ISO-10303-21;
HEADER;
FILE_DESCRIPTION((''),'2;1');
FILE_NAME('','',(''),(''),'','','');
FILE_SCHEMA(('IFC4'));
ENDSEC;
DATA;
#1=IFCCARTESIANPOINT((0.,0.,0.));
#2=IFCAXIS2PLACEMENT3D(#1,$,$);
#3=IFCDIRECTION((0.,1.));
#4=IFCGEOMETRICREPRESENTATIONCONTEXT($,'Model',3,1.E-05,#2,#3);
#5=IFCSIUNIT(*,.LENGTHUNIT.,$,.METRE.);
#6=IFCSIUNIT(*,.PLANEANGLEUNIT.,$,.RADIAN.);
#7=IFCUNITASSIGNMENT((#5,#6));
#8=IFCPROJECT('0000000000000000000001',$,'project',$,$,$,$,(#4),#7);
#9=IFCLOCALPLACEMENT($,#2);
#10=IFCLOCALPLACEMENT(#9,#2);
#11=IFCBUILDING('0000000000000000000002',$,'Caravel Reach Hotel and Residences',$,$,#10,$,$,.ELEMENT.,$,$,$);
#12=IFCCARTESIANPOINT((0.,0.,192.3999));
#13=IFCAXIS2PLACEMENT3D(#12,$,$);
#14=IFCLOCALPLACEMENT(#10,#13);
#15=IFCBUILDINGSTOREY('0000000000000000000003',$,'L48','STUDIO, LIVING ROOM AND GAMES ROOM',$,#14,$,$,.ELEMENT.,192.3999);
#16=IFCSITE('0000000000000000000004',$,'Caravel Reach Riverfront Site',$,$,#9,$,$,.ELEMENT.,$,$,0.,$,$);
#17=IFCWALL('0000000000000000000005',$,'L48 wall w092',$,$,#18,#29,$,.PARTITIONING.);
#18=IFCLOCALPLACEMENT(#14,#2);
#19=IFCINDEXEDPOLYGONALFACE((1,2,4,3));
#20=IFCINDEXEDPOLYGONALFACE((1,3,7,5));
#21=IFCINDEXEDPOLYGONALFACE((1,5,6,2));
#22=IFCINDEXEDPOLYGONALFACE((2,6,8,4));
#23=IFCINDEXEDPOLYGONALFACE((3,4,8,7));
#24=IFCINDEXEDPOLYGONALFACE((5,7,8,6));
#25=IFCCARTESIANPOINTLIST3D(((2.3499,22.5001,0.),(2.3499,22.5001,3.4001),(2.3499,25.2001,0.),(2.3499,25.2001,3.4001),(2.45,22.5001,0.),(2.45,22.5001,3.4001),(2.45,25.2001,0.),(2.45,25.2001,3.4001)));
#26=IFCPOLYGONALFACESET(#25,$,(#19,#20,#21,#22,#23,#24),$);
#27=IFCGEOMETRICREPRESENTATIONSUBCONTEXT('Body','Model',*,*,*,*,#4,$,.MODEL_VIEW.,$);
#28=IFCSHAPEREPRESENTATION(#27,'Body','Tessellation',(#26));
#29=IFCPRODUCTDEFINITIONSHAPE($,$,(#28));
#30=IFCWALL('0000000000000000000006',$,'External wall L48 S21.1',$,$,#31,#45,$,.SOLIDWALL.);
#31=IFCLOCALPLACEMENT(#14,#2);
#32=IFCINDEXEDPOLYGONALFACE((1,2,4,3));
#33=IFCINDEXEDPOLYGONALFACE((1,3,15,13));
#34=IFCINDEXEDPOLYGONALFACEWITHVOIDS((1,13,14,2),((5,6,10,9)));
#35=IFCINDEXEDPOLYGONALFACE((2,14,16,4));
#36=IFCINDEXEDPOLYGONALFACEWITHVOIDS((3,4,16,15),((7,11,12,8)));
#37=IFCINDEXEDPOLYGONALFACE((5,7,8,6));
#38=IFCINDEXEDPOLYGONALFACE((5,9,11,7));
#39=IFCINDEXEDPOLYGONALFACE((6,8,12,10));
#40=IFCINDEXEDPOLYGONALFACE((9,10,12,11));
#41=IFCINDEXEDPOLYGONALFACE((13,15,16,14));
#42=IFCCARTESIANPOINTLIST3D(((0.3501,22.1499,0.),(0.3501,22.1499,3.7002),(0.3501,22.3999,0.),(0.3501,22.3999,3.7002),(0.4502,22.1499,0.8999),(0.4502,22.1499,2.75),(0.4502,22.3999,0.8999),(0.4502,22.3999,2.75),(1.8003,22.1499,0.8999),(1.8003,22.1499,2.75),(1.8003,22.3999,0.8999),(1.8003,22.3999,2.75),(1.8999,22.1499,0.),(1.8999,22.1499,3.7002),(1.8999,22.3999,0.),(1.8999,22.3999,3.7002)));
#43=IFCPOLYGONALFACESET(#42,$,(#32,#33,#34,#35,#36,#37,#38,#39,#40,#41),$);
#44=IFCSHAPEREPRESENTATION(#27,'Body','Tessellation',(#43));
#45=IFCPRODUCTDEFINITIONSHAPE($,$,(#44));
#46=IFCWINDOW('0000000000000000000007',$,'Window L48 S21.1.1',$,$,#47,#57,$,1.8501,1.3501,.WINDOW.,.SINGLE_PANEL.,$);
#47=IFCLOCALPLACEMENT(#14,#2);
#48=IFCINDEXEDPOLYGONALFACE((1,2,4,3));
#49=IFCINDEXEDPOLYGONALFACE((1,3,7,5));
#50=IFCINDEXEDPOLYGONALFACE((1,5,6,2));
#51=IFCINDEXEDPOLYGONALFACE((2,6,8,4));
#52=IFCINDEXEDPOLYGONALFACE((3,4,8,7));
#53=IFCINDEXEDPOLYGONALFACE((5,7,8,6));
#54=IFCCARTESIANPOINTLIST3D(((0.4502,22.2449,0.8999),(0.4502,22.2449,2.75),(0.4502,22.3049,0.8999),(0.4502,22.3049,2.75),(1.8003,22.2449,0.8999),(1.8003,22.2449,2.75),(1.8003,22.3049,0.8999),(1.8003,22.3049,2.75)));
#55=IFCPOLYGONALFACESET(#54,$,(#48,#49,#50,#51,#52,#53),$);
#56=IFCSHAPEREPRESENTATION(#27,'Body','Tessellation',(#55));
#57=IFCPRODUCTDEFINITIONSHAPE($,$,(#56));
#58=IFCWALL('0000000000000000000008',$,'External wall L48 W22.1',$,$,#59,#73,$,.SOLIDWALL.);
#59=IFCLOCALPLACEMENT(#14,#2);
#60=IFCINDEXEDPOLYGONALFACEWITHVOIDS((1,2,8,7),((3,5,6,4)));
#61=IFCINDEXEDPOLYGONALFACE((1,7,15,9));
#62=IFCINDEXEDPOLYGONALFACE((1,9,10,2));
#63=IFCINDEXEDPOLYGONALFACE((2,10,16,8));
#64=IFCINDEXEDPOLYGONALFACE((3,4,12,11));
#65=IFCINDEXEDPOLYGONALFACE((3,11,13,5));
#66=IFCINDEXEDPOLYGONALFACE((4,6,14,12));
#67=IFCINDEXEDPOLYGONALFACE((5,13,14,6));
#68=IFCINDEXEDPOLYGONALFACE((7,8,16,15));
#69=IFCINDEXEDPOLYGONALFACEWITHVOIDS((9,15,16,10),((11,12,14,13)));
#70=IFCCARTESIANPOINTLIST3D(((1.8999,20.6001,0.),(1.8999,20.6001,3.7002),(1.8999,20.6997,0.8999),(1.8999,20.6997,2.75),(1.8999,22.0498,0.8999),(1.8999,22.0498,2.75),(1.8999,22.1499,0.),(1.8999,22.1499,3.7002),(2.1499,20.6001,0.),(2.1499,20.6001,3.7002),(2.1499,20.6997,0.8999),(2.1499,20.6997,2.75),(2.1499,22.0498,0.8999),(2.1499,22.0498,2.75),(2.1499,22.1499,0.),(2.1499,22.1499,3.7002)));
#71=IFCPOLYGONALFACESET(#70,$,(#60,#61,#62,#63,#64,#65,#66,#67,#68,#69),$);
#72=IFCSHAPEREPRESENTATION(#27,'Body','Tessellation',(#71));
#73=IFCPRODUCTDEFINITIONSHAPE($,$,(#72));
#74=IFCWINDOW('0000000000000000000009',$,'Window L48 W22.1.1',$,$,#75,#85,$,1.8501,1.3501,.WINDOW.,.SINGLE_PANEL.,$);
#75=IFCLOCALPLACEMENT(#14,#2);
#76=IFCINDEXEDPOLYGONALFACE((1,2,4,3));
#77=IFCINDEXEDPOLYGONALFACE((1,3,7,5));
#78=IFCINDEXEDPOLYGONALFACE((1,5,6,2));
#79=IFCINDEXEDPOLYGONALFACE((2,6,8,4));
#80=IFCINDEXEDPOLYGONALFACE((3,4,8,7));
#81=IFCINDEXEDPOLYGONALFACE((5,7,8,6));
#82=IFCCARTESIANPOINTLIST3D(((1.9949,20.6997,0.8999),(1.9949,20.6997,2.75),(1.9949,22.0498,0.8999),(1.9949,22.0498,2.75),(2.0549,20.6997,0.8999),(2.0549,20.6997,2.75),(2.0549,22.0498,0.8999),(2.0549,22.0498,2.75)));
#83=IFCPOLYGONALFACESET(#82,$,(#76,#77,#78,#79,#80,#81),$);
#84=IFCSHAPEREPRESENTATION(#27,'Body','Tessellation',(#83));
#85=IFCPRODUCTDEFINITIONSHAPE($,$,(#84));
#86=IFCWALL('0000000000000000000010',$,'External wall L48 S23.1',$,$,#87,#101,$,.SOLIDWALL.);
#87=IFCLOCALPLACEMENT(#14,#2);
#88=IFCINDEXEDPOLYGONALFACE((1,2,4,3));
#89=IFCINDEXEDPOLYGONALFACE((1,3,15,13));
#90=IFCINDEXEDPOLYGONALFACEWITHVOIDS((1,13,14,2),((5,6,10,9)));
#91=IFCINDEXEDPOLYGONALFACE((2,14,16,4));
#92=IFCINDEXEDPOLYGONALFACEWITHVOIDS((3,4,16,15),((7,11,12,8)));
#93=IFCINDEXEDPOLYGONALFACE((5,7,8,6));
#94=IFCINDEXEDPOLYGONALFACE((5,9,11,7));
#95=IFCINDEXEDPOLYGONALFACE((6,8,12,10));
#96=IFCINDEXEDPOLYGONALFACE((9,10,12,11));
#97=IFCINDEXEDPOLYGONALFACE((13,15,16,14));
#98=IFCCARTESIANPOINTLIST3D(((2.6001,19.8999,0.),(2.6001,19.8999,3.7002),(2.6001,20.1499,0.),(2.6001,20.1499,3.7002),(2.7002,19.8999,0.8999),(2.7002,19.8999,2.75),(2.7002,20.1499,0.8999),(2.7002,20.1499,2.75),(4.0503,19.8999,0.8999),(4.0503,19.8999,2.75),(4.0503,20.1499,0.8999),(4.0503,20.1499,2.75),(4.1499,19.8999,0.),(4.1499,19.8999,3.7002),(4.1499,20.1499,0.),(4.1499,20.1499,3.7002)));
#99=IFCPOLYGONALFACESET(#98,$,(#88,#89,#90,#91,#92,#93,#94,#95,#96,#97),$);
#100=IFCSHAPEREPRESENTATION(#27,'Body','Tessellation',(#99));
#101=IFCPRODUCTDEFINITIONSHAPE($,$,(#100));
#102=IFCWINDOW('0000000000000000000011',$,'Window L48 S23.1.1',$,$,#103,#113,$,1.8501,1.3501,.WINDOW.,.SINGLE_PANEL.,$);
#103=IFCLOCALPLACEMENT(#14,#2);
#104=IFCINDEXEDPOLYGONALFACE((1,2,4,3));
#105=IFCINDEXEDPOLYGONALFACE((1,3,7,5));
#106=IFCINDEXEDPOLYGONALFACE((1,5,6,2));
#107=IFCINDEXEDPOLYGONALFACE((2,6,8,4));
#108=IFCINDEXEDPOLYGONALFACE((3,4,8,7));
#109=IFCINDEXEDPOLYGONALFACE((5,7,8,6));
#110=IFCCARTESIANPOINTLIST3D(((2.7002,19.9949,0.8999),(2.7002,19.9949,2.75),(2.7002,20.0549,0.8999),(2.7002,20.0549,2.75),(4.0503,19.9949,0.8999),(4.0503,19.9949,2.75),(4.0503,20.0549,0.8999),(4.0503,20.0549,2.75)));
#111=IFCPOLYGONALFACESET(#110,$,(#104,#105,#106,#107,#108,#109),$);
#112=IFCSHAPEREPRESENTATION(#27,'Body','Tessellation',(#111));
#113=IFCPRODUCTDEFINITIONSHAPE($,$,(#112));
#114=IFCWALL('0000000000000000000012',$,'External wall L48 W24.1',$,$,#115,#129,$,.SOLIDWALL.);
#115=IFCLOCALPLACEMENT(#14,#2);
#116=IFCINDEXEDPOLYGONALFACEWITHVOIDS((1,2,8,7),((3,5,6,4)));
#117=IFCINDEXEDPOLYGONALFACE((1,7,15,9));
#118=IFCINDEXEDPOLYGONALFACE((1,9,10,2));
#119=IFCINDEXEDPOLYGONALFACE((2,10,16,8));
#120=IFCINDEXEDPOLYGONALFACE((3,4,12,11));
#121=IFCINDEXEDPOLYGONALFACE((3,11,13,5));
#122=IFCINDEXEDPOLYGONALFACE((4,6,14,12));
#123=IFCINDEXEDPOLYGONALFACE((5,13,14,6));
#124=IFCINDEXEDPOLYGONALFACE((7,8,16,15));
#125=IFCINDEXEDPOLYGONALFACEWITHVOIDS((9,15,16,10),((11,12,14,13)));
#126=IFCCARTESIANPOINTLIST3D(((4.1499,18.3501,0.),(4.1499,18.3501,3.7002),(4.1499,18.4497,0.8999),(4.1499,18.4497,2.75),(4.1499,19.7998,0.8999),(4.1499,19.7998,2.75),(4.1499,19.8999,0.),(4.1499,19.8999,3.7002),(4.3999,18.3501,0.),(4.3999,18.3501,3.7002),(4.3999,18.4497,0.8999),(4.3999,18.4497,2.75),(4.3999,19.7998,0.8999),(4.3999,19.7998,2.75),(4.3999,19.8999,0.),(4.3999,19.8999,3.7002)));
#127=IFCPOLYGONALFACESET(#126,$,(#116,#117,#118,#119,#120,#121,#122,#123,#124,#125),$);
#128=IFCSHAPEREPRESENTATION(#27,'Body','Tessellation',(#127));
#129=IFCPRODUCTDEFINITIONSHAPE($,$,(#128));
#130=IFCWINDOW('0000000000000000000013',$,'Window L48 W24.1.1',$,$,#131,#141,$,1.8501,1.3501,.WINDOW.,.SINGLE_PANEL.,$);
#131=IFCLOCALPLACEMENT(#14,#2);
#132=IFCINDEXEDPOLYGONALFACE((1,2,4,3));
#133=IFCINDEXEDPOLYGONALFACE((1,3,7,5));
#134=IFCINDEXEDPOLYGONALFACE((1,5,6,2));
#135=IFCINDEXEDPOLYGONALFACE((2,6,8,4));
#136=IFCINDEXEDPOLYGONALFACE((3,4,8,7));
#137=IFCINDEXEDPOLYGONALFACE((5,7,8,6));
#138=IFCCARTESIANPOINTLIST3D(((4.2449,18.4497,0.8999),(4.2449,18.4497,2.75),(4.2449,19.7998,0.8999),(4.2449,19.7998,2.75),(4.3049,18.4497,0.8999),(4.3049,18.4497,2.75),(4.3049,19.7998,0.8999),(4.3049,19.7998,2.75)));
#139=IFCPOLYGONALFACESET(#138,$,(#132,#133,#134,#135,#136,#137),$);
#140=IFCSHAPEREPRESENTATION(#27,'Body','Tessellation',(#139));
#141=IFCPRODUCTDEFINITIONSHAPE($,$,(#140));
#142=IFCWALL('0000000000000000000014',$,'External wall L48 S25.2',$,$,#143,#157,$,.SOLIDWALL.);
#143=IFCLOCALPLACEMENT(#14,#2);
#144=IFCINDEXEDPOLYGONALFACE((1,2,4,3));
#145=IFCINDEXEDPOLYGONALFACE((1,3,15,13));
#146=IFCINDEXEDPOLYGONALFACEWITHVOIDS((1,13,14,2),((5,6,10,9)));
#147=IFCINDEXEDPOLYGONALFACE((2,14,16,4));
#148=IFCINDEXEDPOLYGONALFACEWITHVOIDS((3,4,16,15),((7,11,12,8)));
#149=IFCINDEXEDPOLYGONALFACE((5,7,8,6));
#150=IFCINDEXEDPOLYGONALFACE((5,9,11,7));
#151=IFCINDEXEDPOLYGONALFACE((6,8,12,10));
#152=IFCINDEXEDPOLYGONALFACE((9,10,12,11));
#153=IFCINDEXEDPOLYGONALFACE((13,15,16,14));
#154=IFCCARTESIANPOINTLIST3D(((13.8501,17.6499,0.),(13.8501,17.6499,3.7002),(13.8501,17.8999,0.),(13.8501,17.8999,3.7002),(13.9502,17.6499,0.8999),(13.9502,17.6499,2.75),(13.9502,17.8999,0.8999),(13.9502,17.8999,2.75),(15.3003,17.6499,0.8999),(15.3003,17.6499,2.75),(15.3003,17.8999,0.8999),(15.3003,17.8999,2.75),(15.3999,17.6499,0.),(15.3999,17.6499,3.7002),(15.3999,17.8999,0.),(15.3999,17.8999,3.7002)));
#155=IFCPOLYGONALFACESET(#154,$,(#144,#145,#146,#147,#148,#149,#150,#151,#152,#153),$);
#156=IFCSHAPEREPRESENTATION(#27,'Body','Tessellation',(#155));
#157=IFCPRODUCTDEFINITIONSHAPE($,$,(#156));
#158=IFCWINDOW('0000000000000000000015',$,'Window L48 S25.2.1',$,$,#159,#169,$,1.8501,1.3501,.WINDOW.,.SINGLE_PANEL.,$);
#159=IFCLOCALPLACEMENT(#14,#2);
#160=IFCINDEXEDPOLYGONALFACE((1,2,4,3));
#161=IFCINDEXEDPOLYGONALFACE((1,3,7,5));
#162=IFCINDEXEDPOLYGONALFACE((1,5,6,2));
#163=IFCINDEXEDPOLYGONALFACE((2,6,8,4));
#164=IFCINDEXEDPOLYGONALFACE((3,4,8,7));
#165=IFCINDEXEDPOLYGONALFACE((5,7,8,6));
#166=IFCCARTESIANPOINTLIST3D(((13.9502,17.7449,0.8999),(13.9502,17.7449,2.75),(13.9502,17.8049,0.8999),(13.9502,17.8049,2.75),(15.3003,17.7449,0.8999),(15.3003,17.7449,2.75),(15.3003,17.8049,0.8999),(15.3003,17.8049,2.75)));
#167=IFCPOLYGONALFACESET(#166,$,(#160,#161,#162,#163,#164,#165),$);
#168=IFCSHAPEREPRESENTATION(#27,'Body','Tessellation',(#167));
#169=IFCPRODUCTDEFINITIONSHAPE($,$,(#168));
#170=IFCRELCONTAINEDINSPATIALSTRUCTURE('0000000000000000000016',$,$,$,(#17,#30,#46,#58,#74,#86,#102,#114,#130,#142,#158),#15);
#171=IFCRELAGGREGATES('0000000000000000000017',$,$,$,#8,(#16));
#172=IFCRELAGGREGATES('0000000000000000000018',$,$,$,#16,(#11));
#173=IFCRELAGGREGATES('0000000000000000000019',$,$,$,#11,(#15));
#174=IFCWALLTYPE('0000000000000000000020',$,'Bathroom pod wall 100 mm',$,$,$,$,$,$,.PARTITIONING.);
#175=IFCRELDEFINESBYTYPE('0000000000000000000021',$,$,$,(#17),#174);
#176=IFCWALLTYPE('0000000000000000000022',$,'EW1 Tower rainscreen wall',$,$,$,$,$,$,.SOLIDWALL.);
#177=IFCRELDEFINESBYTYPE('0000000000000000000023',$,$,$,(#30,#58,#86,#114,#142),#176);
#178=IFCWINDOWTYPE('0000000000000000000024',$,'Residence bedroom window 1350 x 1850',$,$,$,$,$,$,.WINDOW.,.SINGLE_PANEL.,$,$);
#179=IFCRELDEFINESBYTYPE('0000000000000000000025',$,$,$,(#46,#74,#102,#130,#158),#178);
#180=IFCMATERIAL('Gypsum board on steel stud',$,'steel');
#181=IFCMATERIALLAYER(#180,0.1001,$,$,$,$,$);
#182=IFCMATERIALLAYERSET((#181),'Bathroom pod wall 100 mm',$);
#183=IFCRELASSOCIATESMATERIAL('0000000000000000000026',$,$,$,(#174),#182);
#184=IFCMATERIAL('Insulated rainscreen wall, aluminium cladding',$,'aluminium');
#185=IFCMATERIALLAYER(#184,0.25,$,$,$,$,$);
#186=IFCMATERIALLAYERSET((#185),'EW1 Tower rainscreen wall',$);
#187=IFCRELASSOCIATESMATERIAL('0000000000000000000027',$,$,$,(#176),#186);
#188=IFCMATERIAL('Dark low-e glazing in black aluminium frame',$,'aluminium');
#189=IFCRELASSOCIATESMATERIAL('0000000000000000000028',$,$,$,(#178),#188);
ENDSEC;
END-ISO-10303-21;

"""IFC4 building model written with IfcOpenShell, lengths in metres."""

from ifc_helpers import new_model, si_unit, direction, frame, frame_2d, origin, place, context, subcontext, project, spatial, rectangle, extrude, material, layer, layer_set, type_object, element, fill, save


model = new_model("IFC4")

# Units and contexts
model_context = context("Model", 3, precision=1e-05, world=origin(), true_north=direction((0.0, 1.0)))
body_context = subcontext(model_context, "Body", "Model", "MODEL_VIEW")
ifc_project = project(units=[si_unit("LENGTHUNIT", "METRE"), si_unit("PLANEANGLEUNIT", "RADIAN")], contexts=[model_context])

# Site, building, storey
site_placement = place(None, origin())
site = spatial("IfcSite", under=ifc_project, at=site_placement, Name="Caravel Reach Riverfront Site", CompositionType="ELEMENT", RefElevation=0.0)
building_placement = place(site_placement, origin())
building = spatial("IfcBuilding", under=site, at=building_placement, Name="Caravel Reach Hotel and Residences", CompositionType="ELEMENT")
storey_placement = place(building_placement, frame((0.0, 0.0, 192.3999)))
storey = spatial("IfcBuildingStorey", under=building, at=storey_placement, Name="L48", Description="STUDIO, LIVING ROOM AND GAMES ROOM", CompositionType="ELEMENT", Elevation=192.3999)

# Wall
ifc_material_1 = material(Name="Gypsum board on steel stud", Category="steel")
ifc_layer_1 = layer(ifc_material_1, 0.1001)
ifc_layer_set_1 = layer_set([ifc_layer_1], Name="Bathroom pod wall 100 mm")
wall_type_1 = type_object("IfcWallType", Name="Bathroom pod wall 100 mm", PredefinedType="PARTITIONING", material=ifc_layer_set_1)
wall_1_placement = place(storey_placement, frame((2.3999, 22.5, 0.0), z_axis=(0.0, 0.0, 1.0), x_axis=(0.0, 1.0, 0.0)))
element("IfcWall", 1, at=wall_1_placement, inside=storey, type_object=wall_type_1, Name="L48 wall w092", PredefinedType="PARTITIONING", context=body_context, shape_type="SweptSolid", body=[
    extrude(rectangle(XDim=2.7, YDim=0.1001, at=frame_2d((1.3501, 0.0))), origin(), (0.0, 0.0, 1.0), 3.4001),
])

# Walls, openings, windows
ifc_material_2 = material(Name="Insulated rainscreen wall, aluminium cladding", Category="aluminium")
ifc_layer_2 = layer(ifc_material_2, 0.25)
ifc_layer_set_2 = layer_set([ifc_layer_2], Name="EW1 Tower rainscreen wall")
wall_type_2 = type_object("IfcWallType", Name="EW1 Tower rainscreen wall", PredefinedType="SOLIDWALL", material=ifc_layer_set_2)
wall_2_placement = place(storey_placement, frame((0.3501, 22.2749, 0.0), z_axis=(0.0, 0.0, 1.0), x_axis=(1.0, 0.0, 0.0)))
wall_2 = element("IfcWall", 2, at=wall_2_placement, inside=storey, type_object=wall_type_2, Name="External wall L48 S21.1", PredefinedType="SOLIDWALL", context=body_context, shape_type="SweptSolid", body=[
    extrude(rectangle(XDim=1.5498, YDim=0.25, at=frame_2d((0.7749, 0.0))), origin(), (0.0, 0.0, 1.0), 3.7002),
])
opening_1_placement = place(wall_2_placement, frame((0.1001, 0.0, 0.8999)))
opening_1 = element("IfcOpeningElement", 3, at=opening_1_placement, cuts=wall_2, PredefinedType="OPENING", context=body_context, shape_type="SweptSolid", body=[
    extrude(rectangle(XDim=1.3501, YDim=1.8501, at=frame_2d((0.675, 0.925))), frame((0.0, 0.135, 0.0), z_axis=(0.0, -1.0, 0.0), x_axis=(1.0, 0.0, 0.0)), (0.0, 0.0, 1.0), 0.27),
])
ifc_material_3 = material(Name="Dark low-e glazing in black aluminium frame", Category="aluminium")
window_type = type_object("IfcWindowType", Name="Residence bedroom window 1350 x 1850", PartitioningType="SINGLE_PANEL", PredefinedType="WINDOW", material=ifc_material_3)
window_1_placement = place(opening_1_placement, origin())
window_1 = element("IfcWindow", 4, at=window_1_placement, inside=storey, type_object=window_type, Name="Window L48 S21.1.1", OverallHeight=1.8501, OverallWidth=1.3501, PartitioningType="SINGLE_PANEL", PredefinedType="WINDOW", context=body_context, shape_type="SweptSolid", body=[
    extrude(rectangle(XDim=1.3501, YDim=1.8501, at=frame_2d((0.675, 0.925))), frame((0.0, 0.03, 0.0), z_axis=(0.0, -1.0, 0.0), x_axis=(1.0, 0.0, 0.0)), (0.0, 0.0, 1.0), 0.0601),
])
fill(opening_1, window_1)
wall_3_placement = place(storey_placement, frame((2.0249, 22.1499, 0.0), z_axis=(0.0, 0.0, 1.0), x_axis=(0.0, -1.0, 0.0)))
wall_3 = element("IfcWall", 5, at=wall_3_placement, inside=storey, type_object=wall_type_2, Name="External wall L48 W22.1", PredefinedType="SOLIDWALL", context=body_context, shape_type="SweptSolid", body=[
    extrude(rectangle(XDim=1.5498, YDim=0.25, at=frame_2d((0.7749, 0.0))), origin(), (0.0, 0.0, 1.0), 3.7002),
])
opening_2_placement = place(wall_3_placement, frame((0.1001, 0.0, 0.8999)))
opening_2 = element("IfcOpeningElement", 6, at=opening_2_placement, cuts=wall_3, PredefinedType="OPENING", context=body_context, shape_type="SweptSolid", body=[
    extrude(rectangle(XDim=1.3501, YDim=1.8501, at=frame_2d((0.675, 0.925))), frame((0.0, 0.135, 0.0), z_axis=(0.0, -1.0, 0.0), x_axis=(1.0, 0.0, 0.0)), (0.0, 0.0, 1.0), 0.27),
])
window_2_placement = place(opening_2_placement, origin())
window_2 = element("IfcWindow", 7, at=window_2_placement, inside=storey, type_object=window_type, Name="Window L48 W22.1.1", OverallHeight=1.8501, OverallWidth=1.3501, PartitioningType="SINGLE_PANEL", PredefinedType="WINDOW", context=body_context, shape_type="SweptSolid", body=[
    extrude(rectangle(XDim=1.3501, YDim=1.8501, at=frame_2d((0.675, 0.925))), frame((0.0, 0.03, 0.0), z_axis=(0.0, -1.0, 0.0), x_axis=(1.0, 0.0, 0.0)), (0.0, 0.0, 1.0), 0.0601),
])
fill(opening_2, window_2)
wall_4_placement = place(storey_placement, frame((2.6001, 20.0249, 0.0), z_axis=(0.0, 0.0, 1.0), x_axis=(1.0, 0.0, 0.0)))
wall_4 = element("IfcWall", 8, at=wall_4_placement, inside=storey, type_object=wall_type_2, Name="External wall L48 S23.1", PredefinedType="SOLIDWALL", context=body_context, shape_type="SweptSolid", body=[
    extrude(rectangle(XDim=1.5498, YDim=0.25, at=frame_2d((0.7749, 0.0))), origin(), (0.0, 0.0, 1.0), 3.7002),
])
opening_3_placement = place(wall_4_placement, frame((0.1001, 0.0, 0.8999)))
opening_3 = element("IfcOpeningElement", 9, at=opening_3_placement, cuts=wall_4, PredefinedType="OPENING", context=body_context, shape_type="SweptSolid", body=[
    extrude(rectangle(XDim=1.3501, YDim=1.8501, at=frame_2d((0.675, 0.925))), frame((0.0, 0.135, 0.0), z_axis=(0.0, -1.0, 0.0), x_axis=(1.0, 0.0, 0.0)), (0.0, 0.0, 1.0), 0.27),
])
window_3_placement = place(opening_3_placement, origin())
window_3 = element("IfcWindow", 10, at=window_3_placement, inside=storey, type_object=window_type, Name="Window L48 S23.1.1", OverallHeight=1.8501, OverallWidth=1.3501, PartitioningType="SINGLE_PANEL", PredefinedType="WINDOW", context=body_context, shape_type="SweptSolid", body=[
    extrude(rectangle(XDim=1.3501, YDim=1.8501, at=frame_2d((0.675, 0.925))), frame((0.0, 0.03, 0.0), z_axis=(0.0, -1.0, 0.0), x_axis=(1.0, 0.0, 0.0)), (0.0, 0.0, 1.0), 0.0601),
])
fill(opening_3, window_3)
wall_5_placement = place(storey_placement, frame((4.2749, 19.8999, 0.0), z_axis=(0.0, 0.0, 1.0), x_axis=(0.0, -1.0, 0.0)))
wall_5 = element("IfcWall", 11, at=wall_5_placement, inside=storey, type_object=wall_type_2, Name="External wall L48 W24.1", PredefinedType="SOLIDWALL", context=body_context, shape_type="SweptSolid", body=[
    extrude(rectangle(XDim=1.5498, YDim=0.25, at=frame_2d((0.7749, 0.0))), origin(), (0.0, 0.0, 1.0), 3.7002),
])
opening_4_placement = place(wall_5_placement, frame((0.1001, 0.0, 0.8999)))
opening_4 = element("IfcOpeningElement", 12, at=opening_4_placement, cuts=wall_5, PredefinedType="OPENING", context=body_context, shape_type="SweptSolid", body=[
    extrude(rectangle(XDim=1.3501, YDim=1.8501, at=frame_2d((0.675, 0.925))), frame((0.0, 0.135, 0.0), z_axis=(0.0, -1.0, 0.0), x_axis=(1.0, 0.0, 0.0)), (0.0, 0.0, 1.0), 0.27),
])
window_4_placement = place(opening_4_placement, origin())
window_4 = element("IfcWindow", 13, at=window_4_placement, inside=storey, type_object=window_type, Name="Window L48 W24.1.1", OverallHeight=1.8501, OverallWidth=1.3501, PartitioningType="SINGLE_PANEL", PredefinedType="WINDOW", context=body_context, shape_type="SweptSolid", body=[
    extrude(rectangle(XDim=1.3501, YDim=1.8501, at=frame_2d((0.675, 0.925))), frame((0.0, 0.03, 0.0), z_axis=(0.0, -1.0, 0.0), x_axis=(1.0, 0.0, 0.0)), (0.0, 0.0, 1.0), 0.0601),
])
fill(opening_4, window_4)
wall_6_placement = place(storey_placement, frame((13.8501, 17.7749, 0.0), z_axis=(0.0, 0.0, 1.0), x_axis=(1.0, 0.0, 0.0)))
wall_6 = element("IfcWall", 14, at=wall_6_placement, inside=storey, type_object=wall_type_2, Name="External wall L48 S25.2", PredefinedType="SOLIDWALL", context=body_context, shape_type="SweptSolid", body=[
    extrude(rectangle(XDim=1.5498, YDim=0.25, at=frame_2d((0.7749, 0.0))), origin(), (0.0, 0.0, 1.0), 3.7002),
])
opening_5_placement = place(wall_6_placement, frame((0.1001, 0.0, 0.8999)))
opening_5 = element("IfcOpeningElement", 15, at=opening_5_placement, cuts=wall_6, PredefinedType="OPENING", context=body_context, shape_type="SweptSolid", body=[
    extrude(rectangle(XDim=1.3501, YDim=1.8501, at=frame_2d((0.675, 0.925))), frame((0.0, 0.135, 0.0), z_axis=(0.0, -1.0, 0.0), x_axis=(1.0, 0.0, 0.0)), (0.0, 0.0, 1.0), 0.27),
])
window_5_placement = place(opening_5_placement, origin())
window_5 = element("IfcWindow", 16, at=window_5_placement, inside=storey, type_object=window_type, Name="Window L48 S25.2.1", OverallHeight=1.8501, OverallWidth=1.3501, PartitioningType="SINGLE_PANEL", PredefinedType="WINDOW", context=body_context, shape_type="SweptSolid", body=[
    extrude(rectangle(XDim=1.3501, YDim=1.8501, at=frame_2d((0.675, 0.925))), frame((0.0, 0.03, 0.0), z_axis=(0.0, -1.0, 0.0), x_axis=(1.0, 0.0, 0.0)), (0.0, 0.0, 1.0), 0.0601),
])
fill(opening_5, window_5)

save(model, "model.ifc")
